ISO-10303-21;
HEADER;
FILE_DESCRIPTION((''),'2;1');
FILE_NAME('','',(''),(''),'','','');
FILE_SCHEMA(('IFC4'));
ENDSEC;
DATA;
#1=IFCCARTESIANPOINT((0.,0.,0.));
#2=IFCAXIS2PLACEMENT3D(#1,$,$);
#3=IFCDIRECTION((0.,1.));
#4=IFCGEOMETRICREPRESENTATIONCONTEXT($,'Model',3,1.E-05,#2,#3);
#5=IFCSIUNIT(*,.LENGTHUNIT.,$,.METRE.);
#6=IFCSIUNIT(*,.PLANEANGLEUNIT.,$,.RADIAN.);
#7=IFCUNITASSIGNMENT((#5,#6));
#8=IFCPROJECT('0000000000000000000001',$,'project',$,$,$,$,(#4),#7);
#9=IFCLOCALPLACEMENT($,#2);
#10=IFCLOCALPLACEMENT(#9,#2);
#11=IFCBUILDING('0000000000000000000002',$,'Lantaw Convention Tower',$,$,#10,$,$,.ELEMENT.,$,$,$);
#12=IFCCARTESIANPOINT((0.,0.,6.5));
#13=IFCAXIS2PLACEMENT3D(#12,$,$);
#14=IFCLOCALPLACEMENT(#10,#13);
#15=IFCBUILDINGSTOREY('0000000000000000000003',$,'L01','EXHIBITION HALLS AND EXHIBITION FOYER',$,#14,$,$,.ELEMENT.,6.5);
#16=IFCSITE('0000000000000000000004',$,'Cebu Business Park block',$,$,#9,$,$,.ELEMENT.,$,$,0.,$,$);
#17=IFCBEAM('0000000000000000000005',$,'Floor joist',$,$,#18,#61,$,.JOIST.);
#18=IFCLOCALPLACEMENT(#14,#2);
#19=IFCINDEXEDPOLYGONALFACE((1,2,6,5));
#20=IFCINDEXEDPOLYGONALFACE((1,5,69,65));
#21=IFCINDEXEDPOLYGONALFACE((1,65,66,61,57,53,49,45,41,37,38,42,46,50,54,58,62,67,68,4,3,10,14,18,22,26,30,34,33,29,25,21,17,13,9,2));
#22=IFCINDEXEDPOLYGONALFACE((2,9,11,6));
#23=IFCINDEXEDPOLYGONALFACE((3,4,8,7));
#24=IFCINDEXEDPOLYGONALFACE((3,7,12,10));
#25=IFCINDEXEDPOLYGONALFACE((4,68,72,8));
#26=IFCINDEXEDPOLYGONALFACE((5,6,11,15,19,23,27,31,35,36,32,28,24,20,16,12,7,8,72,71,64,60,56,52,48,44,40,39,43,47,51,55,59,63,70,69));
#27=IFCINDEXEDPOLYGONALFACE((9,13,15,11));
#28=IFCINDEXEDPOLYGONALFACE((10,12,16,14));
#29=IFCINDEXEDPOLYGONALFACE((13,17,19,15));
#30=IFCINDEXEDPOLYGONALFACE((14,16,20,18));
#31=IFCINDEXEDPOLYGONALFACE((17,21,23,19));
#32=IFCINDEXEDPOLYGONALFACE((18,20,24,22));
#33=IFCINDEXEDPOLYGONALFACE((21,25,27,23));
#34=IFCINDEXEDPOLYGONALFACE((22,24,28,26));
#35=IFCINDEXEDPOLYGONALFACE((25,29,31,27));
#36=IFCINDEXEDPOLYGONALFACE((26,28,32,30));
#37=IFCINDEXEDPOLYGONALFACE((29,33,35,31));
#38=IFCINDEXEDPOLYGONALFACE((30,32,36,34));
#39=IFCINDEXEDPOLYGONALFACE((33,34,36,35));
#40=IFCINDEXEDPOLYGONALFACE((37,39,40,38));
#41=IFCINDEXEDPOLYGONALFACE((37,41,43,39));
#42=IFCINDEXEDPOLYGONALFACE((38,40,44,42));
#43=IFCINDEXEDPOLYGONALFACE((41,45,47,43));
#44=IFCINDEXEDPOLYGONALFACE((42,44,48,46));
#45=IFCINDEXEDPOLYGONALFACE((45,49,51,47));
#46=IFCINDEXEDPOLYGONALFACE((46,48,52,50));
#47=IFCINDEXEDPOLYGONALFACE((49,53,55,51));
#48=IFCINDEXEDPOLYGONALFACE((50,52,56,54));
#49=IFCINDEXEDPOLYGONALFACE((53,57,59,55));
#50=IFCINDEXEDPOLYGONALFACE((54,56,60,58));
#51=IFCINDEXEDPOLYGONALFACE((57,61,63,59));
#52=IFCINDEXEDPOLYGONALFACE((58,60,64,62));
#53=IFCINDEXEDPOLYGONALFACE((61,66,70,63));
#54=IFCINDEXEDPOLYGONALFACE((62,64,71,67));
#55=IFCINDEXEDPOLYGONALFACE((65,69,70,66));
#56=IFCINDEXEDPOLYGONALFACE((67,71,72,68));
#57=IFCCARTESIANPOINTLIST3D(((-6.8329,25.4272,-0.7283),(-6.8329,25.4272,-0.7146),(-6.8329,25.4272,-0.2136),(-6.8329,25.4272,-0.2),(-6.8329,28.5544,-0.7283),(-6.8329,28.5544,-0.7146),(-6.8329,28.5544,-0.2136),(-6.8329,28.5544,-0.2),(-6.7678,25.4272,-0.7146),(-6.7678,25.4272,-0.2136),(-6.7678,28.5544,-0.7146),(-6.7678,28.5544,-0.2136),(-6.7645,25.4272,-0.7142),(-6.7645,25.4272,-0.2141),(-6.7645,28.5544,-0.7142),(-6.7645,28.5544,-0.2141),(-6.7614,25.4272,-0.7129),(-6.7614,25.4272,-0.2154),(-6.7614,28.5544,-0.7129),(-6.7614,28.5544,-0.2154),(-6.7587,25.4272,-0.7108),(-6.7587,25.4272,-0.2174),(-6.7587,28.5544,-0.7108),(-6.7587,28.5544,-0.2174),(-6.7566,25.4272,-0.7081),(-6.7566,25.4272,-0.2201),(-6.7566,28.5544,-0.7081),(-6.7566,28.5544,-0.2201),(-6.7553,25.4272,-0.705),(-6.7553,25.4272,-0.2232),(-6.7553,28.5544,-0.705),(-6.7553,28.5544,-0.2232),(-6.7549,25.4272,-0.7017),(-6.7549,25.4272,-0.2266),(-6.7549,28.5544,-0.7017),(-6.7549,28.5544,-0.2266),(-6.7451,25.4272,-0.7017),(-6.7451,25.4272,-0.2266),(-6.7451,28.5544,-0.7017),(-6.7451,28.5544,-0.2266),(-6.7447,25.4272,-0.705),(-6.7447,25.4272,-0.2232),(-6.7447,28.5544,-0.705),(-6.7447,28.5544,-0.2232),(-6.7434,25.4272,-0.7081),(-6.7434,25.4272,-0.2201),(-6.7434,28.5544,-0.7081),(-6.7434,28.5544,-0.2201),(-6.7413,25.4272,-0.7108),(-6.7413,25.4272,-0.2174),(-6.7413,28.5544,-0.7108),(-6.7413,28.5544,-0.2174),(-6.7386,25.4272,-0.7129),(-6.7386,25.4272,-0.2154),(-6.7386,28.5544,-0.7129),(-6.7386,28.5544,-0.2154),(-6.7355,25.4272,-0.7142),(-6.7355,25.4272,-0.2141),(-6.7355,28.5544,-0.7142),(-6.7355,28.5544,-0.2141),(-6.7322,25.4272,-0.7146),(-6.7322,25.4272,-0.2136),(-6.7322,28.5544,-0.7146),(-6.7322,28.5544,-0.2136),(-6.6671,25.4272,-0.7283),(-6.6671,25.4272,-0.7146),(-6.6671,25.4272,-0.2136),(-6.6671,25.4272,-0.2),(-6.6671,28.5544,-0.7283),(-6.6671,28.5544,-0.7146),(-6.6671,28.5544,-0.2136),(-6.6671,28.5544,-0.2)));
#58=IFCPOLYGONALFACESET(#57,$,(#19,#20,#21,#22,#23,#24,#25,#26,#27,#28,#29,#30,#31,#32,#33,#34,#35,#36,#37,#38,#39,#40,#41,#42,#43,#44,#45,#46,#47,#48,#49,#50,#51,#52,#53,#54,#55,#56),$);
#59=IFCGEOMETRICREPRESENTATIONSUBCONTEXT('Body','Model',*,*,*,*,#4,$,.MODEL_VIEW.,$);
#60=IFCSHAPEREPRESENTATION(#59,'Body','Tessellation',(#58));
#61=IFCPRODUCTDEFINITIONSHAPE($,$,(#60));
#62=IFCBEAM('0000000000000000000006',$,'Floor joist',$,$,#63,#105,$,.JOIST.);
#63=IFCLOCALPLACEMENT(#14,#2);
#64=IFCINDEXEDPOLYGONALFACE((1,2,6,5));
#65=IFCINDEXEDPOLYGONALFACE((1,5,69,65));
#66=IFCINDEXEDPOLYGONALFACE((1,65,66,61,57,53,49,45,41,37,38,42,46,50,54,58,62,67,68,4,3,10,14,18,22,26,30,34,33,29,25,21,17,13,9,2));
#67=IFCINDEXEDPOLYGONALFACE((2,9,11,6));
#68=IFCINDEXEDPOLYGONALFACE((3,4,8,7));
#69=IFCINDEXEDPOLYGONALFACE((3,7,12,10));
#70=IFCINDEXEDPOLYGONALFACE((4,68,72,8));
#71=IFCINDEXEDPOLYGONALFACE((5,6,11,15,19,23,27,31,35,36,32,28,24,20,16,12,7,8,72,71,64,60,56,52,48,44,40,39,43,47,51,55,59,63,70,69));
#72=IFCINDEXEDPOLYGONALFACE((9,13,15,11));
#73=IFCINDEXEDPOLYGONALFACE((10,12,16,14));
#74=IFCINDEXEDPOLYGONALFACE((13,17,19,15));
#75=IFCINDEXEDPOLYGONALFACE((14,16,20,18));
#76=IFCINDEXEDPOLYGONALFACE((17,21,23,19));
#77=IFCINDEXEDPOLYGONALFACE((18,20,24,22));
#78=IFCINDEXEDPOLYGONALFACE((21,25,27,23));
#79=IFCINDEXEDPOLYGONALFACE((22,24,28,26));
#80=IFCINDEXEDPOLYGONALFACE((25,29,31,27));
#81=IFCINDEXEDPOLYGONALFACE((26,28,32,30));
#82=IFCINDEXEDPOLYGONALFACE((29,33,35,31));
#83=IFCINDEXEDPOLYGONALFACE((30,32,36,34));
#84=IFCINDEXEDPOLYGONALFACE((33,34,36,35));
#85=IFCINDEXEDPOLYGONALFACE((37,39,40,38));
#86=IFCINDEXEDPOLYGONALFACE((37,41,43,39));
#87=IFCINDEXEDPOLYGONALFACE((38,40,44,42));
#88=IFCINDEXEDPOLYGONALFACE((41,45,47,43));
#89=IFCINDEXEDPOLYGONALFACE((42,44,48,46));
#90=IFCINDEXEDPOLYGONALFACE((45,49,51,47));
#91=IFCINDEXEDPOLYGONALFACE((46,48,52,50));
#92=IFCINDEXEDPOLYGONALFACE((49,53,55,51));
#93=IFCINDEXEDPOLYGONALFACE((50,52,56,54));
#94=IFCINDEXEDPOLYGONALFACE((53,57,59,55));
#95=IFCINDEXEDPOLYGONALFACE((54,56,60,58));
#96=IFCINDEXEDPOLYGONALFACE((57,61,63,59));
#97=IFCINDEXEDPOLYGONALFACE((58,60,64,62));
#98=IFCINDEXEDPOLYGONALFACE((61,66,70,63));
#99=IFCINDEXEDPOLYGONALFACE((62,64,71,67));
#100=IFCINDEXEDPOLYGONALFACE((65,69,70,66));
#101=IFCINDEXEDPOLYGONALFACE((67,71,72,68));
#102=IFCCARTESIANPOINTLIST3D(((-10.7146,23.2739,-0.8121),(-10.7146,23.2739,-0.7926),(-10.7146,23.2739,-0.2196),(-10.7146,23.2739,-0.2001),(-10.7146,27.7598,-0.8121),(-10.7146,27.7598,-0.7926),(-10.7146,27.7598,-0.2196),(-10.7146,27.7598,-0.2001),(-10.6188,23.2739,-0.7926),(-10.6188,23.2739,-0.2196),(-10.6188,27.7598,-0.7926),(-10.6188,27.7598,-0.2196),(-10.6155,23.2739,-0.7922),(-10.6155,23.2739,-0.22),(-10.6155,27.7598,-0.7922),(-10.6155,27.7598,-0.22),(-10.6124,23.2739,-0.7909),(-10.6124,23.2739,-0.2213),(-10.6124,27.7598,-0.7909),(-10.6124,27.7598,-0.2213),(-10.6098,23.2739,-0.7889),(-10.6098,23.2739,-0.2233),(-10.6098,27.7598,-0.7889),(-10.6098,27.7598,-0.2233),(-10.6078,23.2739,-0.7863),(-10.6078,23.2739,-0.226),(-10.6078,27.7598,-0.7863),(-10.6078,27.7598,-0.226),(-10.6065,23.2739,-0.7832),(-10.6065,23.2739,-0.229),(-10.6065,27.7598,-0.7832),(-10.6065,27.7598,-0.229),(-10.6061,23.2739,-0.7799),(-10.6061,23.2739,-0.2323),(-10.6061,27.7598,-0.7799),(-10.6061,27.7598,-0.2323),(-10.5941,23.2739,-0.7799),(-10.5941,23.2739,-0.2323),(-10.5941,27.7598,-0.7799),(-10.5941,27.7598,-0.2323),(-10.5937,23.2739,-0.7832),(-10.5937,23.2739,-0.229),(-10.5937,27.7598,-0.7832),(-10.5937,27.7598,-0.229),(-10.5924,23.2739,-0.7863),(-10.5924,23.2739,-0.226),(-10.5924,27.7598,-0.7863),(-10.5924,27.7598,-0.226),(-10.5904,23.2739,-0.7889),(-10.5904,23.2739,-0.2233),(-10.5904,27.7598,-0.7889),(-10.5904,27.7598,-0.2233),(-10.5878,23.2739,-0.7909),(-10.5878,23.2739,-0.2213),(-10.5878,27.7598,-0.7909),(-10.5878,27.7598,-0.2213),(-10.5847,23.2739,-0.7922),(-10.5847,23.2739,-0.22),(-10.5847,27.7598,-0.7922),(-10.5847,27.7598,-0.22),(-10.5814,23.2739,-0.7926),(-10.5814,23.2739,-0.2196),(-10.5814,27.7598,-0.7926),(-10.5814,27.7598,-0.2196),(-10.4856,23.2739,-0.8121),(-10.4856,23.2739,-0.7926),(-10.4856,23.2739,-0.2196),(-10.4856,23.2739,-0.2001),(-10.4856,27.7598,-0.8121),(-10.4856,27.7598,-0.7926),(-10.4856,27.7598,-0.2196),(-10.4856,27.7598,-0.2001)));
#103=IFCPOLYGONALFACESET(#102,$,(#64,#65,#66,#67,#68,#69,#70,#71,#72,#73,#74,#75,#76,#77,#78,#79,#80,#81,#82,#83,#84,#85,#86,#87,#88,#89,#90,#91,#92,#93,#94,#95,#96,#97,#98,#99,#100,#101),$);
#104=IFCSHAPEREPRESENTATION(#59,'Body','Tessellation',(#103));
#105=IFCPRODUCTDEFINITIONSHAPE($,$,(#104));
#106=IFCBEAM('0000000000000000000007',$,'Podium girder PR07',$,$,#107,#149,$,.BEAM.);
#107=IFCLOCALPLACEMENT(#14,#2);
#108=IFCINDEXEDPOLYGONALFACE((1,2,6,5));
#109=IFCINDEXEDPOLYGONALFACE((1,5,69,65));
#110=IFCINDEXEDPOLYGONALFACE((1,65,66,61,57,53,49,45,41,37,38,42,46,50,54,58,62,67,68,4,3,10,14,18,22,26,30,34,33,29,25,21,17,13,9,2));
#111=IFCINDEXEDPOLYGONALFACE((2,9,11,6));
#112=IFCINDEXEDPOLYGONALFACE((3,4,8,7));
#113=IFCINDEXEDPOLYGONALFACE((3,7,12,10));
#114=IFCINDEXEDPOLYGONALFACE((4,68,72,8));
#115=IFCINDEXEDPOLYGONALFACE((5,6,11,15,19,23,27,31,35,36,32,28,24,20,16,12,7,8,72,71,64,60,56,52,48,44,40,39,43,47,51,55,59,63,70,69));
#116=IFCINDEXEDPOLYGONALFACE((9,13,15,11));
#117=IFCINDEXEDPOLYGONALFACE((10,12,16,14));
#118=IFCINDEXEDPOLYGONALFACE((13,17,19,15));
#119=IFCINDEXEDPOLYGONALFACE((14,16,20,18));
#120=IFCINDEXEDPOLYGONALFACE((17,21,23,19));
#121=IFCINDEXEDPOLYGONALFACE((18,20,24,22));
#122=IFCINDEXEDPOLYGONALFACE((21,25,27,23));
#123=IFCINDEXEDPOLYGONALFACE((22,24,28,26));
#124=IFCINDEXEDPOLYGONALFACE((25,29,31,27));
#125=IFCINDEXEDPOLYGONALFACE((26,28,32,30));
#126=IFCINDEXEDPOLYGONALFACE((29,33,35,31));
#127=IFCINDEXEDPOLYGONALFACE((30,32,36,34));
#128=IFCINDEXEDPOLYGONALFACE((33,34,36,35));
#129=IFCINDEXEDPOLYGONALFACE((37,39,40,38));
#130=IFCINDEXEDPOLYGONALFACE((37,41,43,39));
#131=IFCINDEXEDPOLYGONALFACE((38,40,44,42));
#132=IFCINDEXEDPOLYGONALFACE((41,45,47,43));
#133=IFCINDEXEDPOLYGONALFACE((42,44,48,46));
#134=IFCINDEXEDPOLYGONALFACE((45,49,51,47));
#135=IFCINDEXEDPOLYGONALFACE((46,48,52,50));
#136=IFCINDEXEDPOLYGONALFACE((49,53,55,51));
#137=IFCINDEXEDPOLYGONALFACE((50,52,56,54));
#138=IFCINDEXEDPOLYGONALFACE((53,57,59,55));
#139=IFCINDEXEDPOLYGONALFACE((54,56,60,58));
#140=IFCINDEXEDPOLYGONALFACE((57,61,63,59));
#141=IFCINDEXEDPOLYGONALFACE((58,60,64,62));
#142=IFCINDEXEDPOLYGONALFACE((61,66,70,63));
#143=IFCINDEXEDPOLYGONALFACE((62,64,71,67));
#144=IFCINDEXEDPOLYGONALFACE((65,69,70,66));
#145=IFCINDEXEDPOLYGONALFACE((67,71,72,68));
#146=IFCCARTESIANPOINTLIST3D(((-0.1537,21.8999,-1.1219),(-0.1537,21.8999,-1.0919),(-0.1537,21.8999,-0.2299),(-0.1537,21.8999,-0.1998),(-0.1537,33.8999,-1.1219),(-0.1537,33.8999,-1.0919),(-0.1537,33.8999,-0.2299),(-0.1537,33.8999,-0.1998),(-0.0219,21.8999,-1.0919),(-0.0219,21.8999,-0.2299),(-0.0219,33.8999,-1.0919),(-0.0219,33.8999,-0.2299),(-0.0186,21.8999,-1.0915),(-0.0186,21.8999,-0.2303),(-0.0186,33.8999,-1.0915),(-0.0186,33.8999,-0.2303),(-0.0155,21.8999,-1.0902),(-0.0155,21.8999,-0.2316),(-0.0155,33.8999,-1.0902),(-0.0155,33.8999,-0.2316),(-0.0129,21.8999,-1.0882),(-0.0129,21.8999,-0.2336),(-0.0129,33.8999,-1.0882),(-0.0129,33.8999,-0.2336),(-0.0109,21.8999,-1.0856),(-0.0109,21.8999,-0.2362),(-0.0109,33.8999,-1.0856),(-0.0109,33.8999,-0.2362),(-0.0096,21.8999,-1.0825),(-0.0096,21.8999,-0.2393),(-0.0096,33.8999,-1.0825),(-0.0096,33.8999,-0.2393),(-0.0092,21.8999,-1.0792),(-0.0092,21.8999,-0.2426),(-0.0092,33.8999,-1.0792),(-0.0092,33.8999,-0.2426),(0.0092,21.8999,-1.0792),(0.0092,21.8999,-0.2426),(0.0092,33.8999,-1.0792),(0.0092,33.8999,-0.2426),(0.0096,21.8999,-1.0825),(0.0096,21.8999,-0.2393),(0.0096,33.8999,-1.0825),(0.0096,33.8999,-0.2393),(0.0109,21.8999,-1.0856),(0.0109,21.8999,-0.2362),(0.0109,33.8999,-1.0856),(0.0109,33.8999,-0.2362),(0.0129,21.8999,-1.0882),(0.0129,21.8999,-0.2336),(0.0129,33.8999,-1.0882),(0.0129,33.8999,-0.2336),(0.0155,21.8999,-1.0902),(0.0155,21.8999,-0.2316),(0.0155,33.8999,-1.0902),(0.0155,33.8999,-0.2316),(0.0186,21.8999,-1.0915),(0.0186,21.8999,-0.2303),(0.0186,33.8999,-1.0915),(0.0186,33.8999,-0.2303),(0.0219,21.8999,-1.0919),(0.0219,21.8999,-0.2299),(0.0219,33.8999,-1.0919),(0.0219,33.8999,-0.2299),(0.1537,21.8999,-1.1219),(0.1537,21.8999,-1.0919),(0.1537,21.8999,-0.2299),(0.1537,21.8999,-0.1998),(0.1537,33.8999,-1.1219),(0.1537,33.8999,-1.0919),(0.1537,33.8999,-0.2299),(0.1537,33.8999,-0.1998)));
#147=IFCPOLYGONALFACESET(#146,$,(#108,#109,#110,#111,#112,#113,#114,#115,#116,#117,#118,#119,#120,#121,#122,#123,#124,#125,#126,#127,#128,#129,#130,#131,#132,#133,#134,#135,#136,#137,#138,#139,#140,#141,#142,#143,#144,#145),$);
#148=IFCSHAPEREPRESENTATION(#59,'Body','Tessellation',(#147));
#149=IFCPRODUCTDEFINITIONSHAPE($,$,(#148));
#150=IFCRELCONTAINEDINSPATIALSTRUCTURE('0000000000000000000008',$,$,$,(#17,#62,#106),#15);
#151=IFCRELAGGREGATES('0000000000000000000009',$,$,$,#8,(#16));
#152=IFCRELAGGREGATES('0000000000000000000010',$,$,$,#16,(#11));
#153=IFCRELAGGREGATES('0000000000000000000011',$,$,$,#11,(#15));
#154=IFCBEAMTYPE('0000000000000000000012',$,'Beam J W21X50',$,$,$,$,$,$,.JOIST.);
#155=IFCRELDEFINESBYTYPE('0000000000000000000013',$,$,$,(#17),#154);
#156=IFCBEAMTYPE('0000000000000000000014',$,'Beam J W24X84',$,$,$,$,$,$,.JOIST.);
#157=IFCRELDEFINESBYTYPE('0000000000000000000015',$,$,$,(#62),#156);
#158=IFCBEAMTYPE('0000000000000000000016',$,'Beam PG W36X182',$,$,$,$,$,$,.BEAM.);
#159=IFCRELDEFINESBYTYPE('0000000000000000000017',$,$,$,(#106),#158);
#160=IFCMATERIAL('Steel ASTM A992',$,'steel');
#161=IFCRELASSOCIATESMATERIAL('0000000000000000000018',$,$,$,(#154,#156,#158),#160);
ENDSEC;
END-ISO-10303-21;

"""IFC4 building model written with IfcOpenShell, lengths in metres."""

from ifc_helpers import new_model, si_unit, direction, frame, origin, origin_2d, place, context, subcontext, project, spatial, i_section, extrude, material, material_profile, profile_set, type_object, element, save


model = new_model("IFC4")

# Units and contexts
model_context = context("Model", 3, precision=1e-05, world=origin(), true_north=direction((0.0, 1.0)))
body_context = subcontext(model_context, "Body", "Model", "MODEL_VIEW")
ifc_project = project(units=[si_unit("LENGTHUNIT", "METRE"), si_unit("PLANEANGLEUNIT", "RADIAN")], contexts=[model_context])

# Site, building, storey
site_placement = place(None, origin())
site = spatial("IfcSite", under=ifc_project, at=site_placement, Name="Cebu Business Park block", CompositionType="ELEMENT", RefElevation=0.0)
building_placement = place(site_placement, origin())
building = spatial("IfcBuilding", under=site, at=building_placement, Name="Lantaw Convention Tower", CompositionType="ELEMENT")
storey_placement = place(building_placement, frame((0.0, 0.0, 6.5)))
storey = spatial("IfcBuildingStorey", under=building, at=storey_placement, Name="L01", Description="EXHIBITION HALLS AND EXHIBITION FOYER", CompositionType="ELEMENT", Elevation=6.5)

# Beams
ifc_material_1 = material(Name="Steel ASTM A992", Category="steel")
ifc_material_profile_1 = material_profile(ifc_material_1, i_section(OverallWidth=0.1658, OverallDepth=0.5283, WebThickness=0.0098, FlangeThickness=0.0137, FilletRadius=0.0129, at=origin_2d()), Name="W21X50")
ifc_profile_set_1 = profile_set([ifc_material_profile_1], Name="Steel ASTM A992")
beam_type_1 = type_object("IfcBeamType", Name="Beam J W21X50", PredefinedType="JOIST", material=ifc_profile_set_1)
beam_1_placement = place(storey_placement, frame((-6.75, 25.4272, -0.4641), z_axis=(0.0, 1.0, 0.0), x_axis=(-1.0, 0.0, 0.0)))
element("IfcBeam", 1, at=beam_1_placement, inside=storey, type_object=beam_type_1, Name="Floor joist", PredefinedType="JOIST", context=body_context, shape_type="SweptSolid", body=[
    extrude(i_section(OverallWidth=0.1658, OverallDepth=0.5283, WebThickness=0.0098, FlangeThickness=0.0137, FilletRadius=0.0129, at=origin_2d()), origin(), (0.0, 0.0, 1.0), 3.1272),
])
ifc_material_profile_2 = material_profile(ifc_material_1, i_section(OverallWidth=0.229, OverallDepth=0.6121, WebThickness=0.012, FlangeThickness=0.0195, FilletRadius=0.0127, at=origin_2d()), Name="W24X84")
ifc_profile_set_2 = profile_set([ifc_material_profile_2], Name="Steel ASTM A992")
beam_type_2 = type_object("IfcBeamType", Name="Beam J W24X84", PredefinedType="JOIST", material=ifc_profile_set_2)
beam_2_placement = place(storey_placement, frame((-10.6001, 23.2739, -0.5061), z_axis=(0.0, 1.0, 0.0), x_axis=(-1.0, 0.0, 0.0)))
element("IfcBeam", 2, at=beam_2_placement, inside=storey, type_object=beam_type_2, Name="Floor joist", PredefinedType="JOIST", context=body_context, shape_type="SweptSolid", body=[
    extrude(i_section(OverallWidth=0.229, OverallDepth=0.6121, WebThickness=0.012, FlangeThickness=0.0195, FilletRadius=0.0127, at=origin_2d()), origin(), (0.0, 0.0, 1.0), 4.4858),
])
ifc_material_profile_3 = material_profile(ifc_material_1, i_section(OverallWidth=0.3074, OverallDepth=0.9221, WebThickness=0.0183, FlangeThickness=0.03, FilletRadius=0.0127, at=origin_2d()), Name="W36X182")
ifc_profile_set_3 = profile_set([ifc_material_profile_3], Name="Steel ASTM A992")
beam_type_3 = type_object("IfcBeamType", Name="Beam PG W36X182", PredefinedType="BEAM", material=ifc_profile_set_3)
beam_3_placement = place(storey_placement, frame((0.0, 21.8999, -0.6609), z_axis=(0.0, 1.0, 0.0), x_axis=(-1.0, 0.0, 0.0)))
element("IfcBeam", 3, at=beam_3_placement, inside=storey, type_object=beam_type_3, Name="Podium girder PR07", PredefinedType="BEAM", context=body_context, shape_type="SweptSolid", body=[
    extrude(i_section(OverallWidth=0.3074, OverallDepth=0.9221, WebThickness=0.0183, FlangeThickness=0.03, FilletRadius=0.0127, at=origin_2d()), origin(), (0.0, 0.0, 1.0), 12.0),
])

save(model, "model.ifc")
